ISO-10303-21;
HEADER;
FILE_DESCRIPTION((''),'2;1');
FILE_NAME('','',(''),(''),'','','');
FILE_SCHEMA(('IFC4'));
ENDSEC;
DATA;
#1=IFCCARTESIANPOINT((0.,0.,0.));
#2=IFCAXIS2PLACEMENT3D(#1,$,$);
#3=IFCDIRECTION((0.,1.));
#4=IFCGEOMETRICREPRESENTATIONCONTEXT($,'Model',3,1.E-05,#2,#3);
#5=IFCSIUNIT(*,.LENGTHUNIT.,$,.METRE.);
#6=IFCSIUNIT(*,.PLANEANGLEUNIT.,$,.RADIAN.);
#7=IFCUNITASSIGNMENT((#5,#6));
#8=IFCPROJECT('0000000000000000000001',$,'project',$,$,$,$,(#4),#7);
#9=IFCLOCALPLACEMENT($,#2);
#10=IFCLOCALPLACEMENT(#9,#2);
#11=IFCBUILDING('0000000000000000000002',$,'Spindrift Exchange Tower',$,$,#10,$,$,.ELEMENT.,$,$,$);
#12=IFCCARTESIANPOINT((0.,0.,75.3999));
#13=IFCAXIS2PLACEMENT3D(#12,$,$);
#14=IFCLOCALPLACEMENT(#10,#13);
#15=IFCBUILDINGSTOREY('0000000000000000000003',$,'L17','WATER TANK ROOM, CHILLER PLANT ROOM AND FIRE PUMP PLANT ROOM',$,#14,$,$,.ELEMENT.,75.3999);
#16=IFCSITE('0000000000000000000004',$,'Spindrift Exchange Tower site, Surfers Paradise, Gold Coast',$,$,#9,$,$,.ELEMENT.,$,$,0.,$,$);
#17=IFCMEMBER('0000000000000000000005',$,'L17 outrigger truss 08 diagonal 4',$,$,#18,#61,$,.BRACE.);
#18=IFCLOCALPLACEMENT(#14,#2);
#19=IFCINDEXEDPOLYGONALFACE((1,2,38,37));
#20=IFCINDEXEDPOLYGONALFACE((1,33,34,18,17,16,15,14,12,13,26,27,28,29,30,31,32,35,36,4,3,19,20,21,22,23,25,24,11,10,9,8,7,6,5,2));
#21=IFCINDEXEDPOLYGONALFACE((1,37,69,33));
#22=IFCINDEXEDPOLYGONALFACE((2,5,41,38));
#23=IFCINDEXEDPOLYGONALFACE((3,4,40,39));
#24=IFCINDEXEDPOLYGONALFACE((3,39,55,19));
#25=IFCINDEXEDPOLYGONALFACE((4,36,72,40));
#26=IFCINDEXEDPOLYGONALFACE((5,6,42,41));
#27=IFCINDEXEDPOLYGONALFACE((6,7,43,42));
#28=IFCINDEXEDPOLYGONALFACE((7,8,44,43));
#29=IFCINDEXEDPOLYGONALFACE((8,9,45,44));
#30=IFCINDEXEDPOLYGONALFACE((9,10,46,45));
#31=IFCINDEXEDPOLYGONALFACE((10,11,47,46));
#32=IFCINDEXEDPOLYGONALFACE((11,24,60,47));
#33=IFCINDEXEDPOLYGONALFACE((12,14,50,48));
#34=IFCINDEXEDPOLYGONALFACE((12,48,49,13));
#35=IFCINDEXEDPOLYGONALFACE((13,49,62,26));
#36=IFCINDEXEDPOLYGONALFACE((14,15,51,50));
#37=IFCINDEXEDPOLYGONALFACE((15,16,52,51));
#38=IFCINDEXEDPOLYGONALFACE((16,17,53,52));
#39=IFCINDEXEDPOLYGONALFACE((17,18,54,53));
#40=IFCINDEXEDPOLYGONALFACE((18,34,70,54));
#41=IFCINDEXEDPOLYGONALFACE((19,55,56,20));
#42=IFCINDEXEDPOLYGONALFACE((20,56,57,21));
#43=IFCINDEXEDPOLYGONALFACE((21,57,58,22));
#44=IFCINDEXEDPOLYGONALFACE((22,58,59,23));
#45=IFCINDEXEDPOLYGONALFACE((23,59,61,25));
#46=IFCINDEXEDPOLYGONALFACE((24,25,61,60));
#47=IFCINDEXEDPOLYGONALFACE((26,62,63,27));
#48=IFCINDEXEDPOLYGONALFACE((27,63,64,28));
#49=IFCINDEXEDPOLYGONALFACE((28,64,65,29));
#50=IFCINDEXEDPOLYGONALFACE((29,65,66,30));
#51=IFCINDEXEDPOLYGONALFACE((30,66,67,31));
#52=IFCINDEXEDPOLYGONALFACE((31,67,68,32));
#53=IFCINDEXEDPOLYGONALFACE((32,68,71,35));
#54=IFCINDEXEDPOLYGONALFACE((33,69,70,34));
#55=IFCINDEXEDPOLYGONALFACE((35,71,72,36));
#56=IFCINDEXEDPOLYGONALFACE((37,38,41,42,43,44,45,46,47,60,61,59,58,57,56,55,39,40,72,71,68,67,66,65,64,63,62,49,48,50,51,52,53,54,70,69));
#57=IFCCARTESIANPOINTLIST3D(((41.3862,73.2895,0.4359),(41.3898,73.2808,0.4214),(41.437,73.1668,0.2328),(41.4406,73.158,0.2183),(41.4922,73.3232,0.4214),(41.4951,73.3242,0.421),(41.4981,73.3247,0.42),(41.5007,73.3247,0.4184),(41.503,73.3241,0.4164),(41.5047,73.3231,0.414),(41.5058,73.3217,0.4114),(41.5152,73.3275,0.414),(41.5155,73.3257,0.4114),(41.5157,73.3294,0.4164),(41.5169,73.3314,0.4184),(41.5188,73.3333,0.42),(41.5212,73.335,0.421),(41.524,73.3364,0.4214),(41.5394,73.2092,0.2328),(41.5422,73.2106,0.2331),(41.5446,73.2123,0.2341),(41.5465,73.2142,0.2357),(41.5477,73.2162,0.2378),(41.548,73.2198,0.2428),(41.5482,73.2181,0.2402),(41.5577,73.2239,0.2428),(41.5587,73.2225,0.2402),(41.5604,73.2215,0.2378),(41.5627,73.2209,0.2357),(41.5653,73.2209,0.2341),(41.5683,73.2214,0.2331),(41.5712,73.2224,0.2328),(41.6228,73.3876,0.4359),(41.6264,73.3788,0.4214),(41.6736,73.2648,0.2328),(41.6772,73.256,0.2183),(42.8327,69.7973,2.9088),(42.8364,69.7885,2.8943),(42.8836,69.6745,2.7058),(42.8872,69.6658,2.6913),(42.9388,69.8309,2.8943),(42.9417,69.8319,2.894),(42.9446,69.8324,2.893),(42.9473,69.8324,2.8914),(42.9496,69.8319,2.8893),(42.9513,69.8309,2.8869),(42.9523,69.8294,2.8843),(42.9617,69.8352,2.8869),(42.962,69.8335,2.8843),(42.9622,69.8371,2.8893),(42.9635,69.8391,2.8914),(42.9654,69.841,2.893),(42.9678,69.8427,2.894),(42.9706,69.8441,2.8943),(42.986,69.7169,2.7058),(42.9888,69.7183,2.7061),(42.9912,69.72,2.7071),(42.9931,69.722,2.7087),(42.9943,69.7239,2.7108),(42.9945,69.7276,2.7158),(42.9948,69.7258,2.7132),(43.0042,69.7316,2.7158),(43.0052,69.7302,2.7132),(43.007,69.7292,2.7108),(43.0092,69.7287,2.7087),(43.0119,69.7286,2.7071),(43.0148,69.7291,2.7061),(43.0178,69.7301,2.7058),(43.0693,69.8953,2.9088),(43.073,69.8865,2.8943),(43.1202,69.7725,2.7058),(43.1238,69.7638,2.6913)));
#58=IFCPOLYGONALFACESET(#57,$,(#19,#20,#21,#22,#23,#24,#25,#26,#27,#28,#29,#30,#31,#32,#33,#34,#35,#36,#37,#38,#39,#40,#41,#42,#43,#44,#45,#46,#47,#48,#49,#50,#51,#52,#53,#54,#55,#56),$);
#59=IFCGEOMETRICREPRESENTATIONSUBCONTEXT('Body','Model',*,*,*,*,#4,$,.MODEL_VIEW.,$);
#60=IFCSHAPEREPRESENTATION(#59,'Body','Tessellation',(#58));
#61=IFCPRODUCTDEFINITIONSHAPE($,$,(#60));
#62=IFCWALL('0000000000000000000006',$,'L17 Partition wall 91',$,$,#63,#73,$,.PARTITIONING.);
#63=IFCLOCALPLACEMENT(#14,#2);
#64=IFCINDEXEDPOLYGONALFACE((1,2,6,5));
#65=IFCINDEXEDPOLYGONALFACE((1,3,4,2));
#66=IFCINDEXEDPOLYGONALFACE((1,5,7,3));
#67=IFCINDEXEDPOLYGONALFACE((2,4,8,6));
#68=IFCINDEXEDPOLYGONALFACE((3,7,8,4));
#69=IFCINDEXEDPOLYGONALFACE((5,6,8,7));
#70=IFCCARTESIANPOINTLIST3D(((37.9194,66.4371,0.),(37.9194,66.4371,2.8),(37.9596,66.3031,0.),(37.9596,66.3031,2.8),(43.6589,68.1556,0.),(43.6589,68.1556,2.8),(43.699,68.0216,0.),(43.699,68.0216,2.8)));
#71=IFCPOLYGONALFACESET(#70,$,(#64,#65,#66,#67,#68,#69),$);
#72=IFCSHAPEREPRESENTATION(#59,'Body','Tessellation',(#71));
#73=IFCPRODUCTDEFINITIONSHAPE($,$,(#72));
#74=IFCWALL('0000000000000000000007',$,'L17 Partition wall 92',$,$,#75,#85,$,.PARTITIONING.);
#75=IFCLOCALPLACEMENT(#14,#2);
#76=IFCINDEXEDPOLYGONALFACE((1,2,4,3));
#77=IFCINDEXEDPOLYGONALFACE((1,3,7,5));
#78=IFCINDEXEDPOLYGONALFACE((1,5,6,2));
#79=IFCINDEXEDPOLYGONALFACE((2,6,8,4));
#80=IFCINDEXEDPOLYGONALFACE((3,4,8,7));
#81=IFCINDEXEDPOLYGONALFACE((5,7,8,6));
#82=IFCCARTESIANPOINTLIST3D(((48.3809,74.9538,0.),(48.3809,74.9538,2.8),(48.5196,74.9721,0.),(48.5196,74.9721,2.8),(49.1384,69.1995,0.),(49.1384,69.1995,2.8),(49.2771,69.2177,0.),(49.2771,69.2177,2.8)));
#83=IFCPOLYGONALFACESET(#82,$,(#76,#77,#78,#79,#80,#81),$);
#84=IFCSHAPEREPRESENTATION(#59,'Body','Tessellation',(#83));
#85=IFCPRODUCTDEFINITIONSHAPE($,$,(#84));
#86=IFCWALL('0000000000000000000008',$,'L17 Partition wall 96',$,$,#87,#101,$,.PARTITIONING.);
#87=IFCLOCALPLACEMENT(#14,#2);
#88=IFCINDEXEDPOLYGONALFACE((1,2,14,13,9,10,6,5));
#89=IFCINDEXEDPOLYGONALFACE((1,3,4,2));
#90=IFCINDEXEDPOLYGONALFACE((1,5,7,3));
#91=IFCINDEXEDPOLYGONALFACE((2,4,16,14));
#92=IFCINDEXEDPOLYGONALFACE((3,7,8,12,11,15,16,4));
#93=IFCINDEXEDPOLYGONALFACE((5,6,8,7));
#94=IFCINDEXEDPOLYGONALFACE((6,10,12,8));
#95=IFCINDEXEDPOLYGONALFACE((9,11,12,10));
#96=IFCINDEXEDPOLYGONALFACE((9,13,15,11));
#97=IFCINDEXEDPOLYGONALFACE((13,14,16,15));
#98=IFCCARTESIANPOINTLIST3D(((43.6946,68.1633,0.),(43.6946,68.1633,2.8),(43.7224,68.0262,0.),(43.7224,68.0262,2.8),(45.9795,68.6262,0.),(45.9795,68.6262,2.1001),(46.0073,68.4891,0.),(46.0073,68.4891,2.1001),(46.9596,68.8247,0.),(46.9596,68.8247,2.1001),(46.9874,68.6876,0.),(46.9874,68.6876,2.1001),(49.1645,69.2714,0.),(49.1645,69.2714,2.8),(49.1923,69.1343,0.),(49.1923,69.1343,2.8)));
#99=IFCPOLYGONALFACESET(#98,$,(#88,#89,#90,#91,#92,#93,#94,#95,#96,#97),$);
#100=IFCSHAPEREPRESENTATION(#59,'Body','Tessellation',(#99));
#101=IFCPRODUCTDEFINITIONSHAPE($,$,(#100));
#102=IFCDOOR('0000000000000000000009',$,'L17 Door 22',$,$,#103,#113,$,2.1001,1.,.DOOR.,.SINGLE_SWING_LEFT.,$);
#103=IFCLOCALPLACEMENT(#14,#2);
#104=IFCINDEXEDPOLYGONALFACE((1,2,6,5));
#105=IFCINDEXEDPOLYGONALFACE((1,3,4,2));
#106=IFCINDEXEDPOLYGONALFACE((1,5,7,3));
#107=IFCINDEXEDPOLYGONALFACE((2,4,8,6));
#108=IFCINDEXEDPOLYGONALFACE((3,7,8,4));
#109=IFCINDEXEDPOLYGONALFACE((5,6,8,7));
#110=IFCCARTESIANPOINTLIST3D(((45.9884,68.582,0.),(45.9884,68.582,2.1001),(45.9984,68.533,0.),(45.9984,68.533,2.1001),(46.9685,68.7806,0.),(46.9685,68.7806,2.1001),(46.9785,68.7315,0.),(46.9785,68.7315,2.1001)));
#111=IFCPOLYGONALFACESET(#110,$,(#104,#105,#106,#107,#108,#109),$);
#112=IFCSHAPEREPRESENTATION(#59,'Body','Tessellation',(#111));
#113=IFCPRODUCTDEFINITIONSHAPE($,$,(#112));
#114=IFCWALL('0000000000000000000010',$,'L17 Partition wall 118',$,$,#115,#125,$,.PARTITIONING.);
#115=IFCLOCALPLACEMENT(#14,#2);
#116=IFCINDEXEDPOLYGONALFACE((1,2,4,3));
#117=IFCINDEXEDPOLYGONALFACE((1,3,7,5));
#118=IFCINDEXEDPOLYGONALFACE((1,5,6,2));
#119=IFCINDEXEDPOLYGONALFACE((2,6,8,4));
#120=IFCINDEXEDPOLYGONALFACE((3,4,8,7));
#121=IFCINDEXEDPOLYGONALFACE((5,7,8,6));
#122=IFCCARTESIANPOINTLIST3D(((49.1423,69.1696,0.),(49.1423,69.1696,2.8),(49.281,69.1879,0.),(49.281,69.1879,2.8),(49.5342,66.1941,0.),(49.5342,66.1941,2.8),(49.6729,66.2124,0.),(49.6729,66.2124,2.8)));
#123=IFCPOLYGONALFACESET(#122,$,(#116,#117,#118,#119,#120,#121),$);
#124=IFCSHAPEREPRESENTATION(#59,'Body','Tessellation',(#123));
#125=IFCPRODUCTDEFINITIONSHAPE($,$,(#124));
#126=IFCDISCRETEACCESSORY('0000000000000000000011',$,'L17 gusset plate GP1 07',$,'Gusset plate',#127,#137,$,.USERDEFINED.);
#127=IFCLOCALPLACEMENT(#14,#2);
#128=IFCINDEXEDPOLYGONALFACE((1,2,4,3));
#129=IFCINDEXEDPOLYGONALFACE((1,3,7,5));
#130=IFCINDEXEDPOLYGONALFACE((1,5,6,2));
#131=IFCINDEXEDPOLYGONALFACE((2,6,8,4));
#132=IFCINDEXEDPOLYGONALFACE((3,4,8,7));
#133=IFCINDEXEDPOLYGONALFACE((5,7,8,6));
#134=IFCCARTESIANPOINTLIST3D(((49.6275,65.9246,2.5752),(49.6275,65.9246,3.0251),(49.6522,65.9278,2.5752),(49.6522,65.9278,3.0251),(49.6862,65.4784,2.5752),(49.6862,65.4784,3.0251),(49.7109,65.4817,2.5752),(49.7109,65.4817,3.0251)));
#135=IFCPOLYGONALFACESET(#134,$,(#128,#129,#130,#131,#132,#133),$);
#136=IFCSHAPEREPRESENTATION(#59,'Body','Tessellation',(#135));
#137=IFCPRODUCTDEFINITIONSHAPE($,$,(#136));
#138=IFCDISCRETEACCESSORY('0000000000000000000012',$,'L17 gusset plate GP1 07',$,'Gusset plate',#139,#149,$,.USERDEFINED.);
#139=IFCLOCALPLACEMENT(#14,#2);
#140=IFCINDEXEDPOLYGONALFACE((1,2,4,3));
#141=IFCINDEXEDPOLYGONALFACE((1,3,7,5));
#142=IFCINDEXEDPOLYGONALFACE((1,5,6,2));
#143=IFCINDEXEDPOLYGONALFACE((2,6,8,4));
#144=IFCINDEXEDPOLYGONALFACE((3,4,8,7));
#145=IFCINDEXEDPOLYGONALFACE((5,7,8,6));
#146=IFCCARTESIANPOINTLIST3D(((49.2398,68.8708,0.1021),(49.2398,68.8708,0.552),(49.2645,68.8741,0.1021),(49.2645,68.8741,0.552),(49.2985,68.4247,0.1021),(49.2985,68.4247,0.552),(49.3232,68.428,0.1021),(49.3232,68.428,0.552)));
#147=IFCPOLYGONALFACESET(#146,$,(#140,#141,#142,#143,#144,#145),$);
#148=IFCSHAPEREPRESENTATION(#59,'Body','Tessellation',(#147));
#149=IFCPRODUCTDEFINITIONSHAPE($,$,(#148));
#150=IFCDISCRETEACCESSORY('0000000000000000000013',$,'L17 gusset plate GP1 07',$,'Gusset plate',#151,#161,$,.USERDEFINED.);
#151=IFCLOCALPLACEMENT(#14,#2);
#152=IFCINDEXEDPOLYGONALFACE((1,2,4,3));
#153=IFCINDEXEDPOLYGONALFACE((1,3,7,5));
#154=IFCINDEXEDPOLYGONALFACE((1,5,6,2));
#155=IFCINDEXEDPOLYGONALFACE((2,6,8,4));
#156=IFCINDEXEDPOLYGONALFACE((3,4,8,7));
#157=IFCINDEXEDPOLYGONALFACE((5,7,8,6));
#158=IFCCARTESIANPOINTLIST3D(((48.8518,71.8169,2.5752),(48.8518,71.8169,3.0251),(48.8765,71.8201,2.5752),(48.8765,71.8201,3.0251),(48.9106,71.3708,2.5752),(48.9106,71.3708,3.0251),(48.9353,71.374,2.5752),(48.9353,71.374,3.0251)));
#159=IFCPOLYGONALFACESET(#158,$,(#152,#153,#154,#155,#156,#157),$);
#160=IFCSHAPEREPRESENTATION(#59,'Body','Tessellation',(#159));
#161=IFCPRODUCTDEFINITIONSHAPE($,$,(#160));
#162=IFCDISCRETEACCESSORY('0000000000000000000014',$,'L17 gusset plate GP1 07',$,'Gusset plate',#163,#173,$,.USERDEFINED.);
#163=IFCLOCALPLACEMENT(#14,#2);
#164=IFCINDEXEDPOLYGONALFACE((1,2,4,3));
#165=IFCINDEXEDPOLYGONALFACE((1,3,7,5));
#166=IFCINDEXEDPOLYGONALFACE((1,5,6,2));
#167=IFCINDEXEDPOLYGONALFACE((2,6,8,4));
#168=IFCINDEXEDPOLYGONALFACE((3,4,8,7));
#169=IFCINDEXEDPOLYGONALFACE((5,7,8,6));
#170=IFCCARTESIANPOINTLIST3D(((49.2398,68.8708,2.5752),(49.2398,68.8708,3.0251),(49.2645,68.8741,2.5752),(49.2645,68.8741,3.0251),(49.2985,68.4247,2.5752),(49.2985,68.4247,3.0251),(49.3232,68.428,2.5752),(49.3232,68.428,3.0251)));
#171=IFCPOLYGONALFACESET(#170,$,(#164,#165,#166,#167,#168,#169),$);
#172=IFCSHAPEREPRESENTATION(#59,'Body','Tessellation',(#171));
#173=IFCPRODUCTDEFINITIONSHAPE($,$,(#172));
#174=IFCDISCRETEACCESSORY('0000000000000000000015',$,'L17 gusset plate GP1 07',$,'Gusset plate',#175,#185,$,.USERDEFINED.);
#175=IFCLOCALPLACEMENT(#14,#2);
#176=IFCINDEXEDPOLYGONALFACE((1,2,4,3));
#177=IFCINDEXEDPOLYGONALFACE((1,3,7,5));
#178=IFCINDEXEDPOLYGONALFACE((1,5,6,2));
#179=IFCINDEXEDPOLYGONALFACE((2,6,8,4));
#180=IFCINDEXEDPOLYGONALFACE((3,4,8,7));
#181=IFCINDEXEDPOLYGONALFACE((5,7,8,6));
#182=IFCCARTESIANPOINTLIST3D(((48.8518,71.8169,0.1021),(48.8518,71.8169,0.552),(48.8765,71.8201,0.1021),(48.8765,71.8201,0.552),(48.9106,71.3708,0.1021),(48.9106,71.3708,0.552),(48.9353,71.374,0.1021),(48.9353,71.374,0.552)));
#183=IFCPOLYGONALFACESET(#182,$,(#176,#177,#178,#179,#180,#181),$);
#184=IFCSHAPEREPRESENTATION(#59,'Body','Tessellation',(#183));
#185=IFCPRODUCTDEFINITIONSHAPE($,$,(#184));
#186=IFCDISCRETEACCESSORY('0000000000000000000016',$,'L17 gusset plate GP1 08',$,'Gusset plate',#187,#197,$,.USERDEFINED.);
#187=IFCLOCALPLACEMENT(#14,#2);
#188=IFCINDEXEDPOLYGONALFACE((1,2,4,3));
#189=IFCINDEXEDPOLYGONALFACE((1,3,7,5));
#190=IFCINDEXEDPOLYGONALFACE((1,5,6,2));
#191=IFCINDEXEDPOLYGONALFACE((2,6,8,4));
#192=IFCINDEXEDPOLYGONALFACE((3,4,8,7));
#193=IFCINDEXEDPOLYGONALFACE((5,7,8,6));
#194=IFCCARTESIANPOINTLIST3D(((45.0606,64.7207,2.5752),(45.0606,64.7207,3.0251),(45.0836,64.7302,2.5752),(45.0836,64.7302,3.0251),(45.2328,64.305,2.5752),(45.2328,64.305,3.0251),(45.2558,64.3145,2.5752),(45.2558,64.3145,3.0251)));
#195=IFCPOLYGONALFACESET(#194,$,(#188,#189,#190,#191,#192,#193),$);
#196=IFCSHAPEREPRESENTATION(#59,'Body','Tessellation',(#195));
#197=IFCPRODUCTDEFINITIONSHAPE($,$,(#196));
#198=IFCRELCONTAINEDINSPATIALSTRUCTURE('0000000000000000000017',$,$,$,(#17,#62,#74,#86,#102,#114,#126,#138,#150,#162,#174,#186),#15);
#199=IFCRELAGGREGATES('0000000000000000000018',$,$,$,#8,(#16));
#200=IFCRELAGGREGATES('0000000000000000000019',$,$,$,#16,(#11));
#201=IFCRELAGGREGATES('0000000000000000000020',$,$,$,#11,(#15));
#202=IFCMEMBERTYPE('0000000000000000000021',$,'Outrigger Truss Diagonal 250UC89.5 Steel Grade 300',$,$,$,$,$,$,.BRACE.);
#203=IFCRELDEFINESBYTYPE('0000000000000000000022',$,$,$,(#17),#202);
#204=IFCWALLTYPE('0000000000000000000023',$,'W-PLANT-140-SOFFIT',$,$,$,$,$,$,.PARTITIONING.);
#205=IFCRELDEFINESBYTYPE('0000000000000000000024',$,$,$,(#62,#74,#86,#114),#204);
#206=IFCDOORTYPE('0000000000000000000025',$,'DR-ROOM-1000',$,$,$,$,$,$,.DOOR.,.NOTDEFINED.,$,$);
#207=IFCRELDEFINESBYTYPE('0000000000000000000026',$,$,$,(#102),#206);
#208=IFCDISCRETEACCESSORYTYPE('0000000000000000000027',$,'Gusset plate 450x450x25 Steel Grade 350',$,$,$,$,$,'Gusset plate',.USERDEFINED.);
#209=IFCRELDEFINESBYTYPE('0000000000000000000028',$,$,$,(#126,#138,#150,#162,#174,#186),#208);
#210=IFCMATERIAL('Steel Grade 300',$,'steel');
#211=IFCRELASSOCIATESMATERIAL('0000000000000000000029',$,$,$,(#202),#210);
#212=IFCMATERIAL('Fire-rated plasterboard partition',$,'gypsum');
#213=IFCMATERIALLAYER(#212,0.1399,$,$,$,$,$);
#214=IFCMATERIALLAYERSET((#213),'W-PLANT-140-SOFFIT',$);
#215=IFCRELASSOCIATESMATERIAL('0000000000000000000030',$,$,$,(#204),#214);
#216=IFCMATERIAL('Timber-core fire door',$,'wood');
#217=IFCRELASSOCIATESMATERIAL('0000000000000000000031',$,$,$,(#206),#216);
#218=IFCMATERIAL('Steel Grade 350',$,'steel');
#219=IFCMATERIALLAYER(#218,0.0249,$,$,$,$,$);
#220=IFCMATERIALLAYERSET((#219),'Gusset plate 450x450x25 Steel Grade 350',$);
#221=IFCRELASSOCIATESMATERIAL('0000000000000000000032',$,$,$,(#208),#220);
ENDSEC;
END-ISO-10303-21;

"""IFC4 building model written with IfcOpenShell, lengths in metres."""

from ifc_helpers import new_model, si_unit, direction, frame, frame_2d, origin, origin_2d, place, context, subcontext, project, spatial, rectangle, i_section, extrude, source, transform, mapped, material, layer, layer_set, material_profile, profile_set, type_object, element, fill, save


model = new_model("IFC4")

# Units and contexts
model_context = context("Model", 3, precision=1e-05, world=origin(), true_north=direction((0.0, 1.0)))
body_context = subcontext(model_context, "Body", "Model", "MODEL_VIEW")
ifc_project = project(units=[si_unit("LENGTHUNIT", "METRE"), si_unit("PLANEANGLEUNIT", "RADIAN")], contexts=[model_context])

# Site, building, storey
site_placement = place(None, origin())
site = spatial("IfcSite", under=ifc_project, at=site_placement, Name="Spindrift Exchange Tower site, Surfers Paradise, Gold Coast", CompositionType="ELEMENT", RefElevation=0.0)
building_placement = place(site_placement, origin())
building = spatial("IfcBuilding", under=site, at=building_placement, Name="Spindrift Exchange Tower", CompositionType="ELEMENT")
storey_placement = place(building_placement, frame((0.0, 0.0, 75.3999)))
storey = spatial("IfcBuildingStorey", under=building, at=storey_placement, Name="L17", Description="WATER TANK ROOM, CHILLER PLANT ROOM AND FIRE PUMP PLANT ROOM", CompositionType="ELEMENT", Elevation=75.3999)

# Shared definitions
ifc_material_1 = material(Name="Steel Grade 300", Category="steel")

# Shared definitions
ifc_material_profile_1 = material_profile(ifc_material_1, i_section(OverallWidth=0.2561, OverallDepth=0.26, WebThickness=0.0105, FlangeThickness=0.0173, FilletRadius=0.012, at=origin_2d()), Name="250UC89.5")
ifc_profile_set_1 = profile_set([ifc_material_profile_1], Name="Steel Grade 300")
member_type_1 = type_object("IfcMemberType", Name="Outrigger Truss Diagonal 250UC89.5 Steel Grade 300", PredefinedType="BRACE", material=ifc_profile_set_1)

# Member
shared_shape_1 = source(origin(), body_context, "Body", "SweptSolid", [
    extrude(i_section(OverallWidth=0.2561, OverallDepth=0.26, WebThickness=0.0105, FlangeThickness=0.0173, FilletRadius=0.012, at=origin_2d()), origin(), (0.0, 0.0, 1.0), 4.5171),
])
member_1_placement = place(storey_placement, frame((42.9783, 69.7805, 2.8), z_axis=(-0.320244, 0.773125, -0.547468), x_axis=(-0.923877, -0.382688, 0.0)))
element("IfcMember", 1, at=member_1_placement, inside=storey, type_object=member_type_1, Name="L17 outrigger truss 08 diagonal 4", PredefinedType="BRACE", context=body_context, shape_type="MappedRepresentation", body=[
    mapped(shared_shape_1, transform((0.0, 0.0, 0.0), scale=1.0)),
])

# Walls
ifc_material_2 = material(Name="Fire-rated plasterboard partition", Category="gypsum")
ifc_layer_1 = layer(ifc_material_2, 0.1399)
ifc_layer_set_1 = layer_set([ifc_layer_1], Name="W-PLANT-140-SOFFIT")
wall_type = type_object("IfcWallType", Name="W-PLANT-140-SOFFIT", PredefinedType="PARTITIONING", material=ifc_layer_set_1)
wall_1_placement = place(storey_placement, frame((43.679, 68.0886, 0.0), z_axis=(0.0, 0.0, 1.0), x_axis=(-0.95798, -0.286836, 0.0)))
element("IfcWall", 2, at=wall_1_placement, inside=storey, type_object=wall_type, Name="L17 Partition wall 91", PredefinedType="PARTITIONING", context=body_context, shape_type="SweptSolid", body=[
    extrude(rectangle(XDim=5.9912, YDim=0.1399, at=frame_2d((2.9956, 0.0))), origin(), (0.0, 0.0, 1.0), 2.8),
])
wall_2_placement = place(storey_placement, frame((49.2078, 69.2087, 0.0), z_axis=(0.0, 0.0, 1.0), x_axis=(-0.130524, 0.991445, 0.0)))
element("IfcWall", 3, at=wall_2_placement, inside=storey, type_object=wall_type, Name="L17 Partition wall 92", PredefinedType="PARTITIONING", context=body_context, shape_type="SweptSolid", body=[
    extrude(rectangle(XDim=5.804, YDim=0.1399, at=frame_2d((2.9019, 0.0))), origin(), (0.0, 0.0, 1.0), 2.8),
])

# Wall, opening, door
wall_3_placement = place(storey_placement, frame((43.7085, 68.0947, 0.0), z_axis=(0.0, 0.0, 1.0), x_axis=(0.98009, 0.198555, 0.0)))
wall_3 = element("IfcWall", 4, at=wall_3_placement, inside=storey, type_object=wall_type, Name="L17 Partition wall 96", PredefinedType="PARTITIONING", context=body_context, shape_type="SweptSolid", body=[
    extrude(rectangle(XDim=5.5811, YDim=0.1399, at=frame_2d((2.7905, 0.0))), origin(), (0.0, 0.0, 1.0), 2.8),
])
opening_placement = place(wall_3_placement, frame((2.3313, 0.0, 0.0)))
opening = element("IfcOpeningElement", 5, at=opening_placement, cuts=wall_3, PredefinedType="OPENING", context=body_context, shape_type="SweptSolid", body=[
    extrude(rectangle(XDim=1.0, YDim=2.1001, at=frame_2d((0.5, 1.05))), frame((0.0, 0.0798, 0.0), z_axis=(0.0, -1.0, 0.0), x_axis=(1.0, 0.0, 0.0)), (0.0, 0.0, 1.0), 0.1599),
])
ifc_material_3 = material(Name="Timber-core fire door", Category="wood")
door_type = type_object("IfcDoorType", Name="DR-ROOM-1000", OperationType="NOTDEFINED", PredefinedType="DOOR", material=ifc_material_3)
shared_shape_2 = source(origin(), body_context, "Body", "SweptSolid", [
    extrude(rectangle(XDim=1.0, YDim=2.1001, at=frame_2d((0.5, 1.05))), frame((0.0, 0.0249, 0.0), z_axis=(0.0, -1.0, 0.0), x_axis=(1.0, 0.0, 0.0)), (0.0, 0.0, 1.0), 0.05),
])
door_placement = place(opening_placement, origin())
door = element("IfcDoor", 6, at=door_placement, inside=storey, type_object=door_type, Name="L17 Door 22", OperationType="SINGLE_SWING_LEFT", OverallHeight=2.1001, OverallWidth=1.0, PredefinedType="DOOR", context=body_context, shape_type="MappedRepresentation", body=[
    mapped(shared_shape_2, transform((0.0, 0.0, 0.0), scale=1.0)),
])
fill(opening, door)

# Wall
wall_4_placement = place(storey_placement, frame((49.6035, 66.2034, 0.0), z_axis=(0.0, 0.0, 1.0), x_axis=(-0.13056, 0.99144, 0.0)))
element("IfcWall", 7, at=wall_4_placement, inside=storey, type_object=wall_type, Name="L17 Partition wall 118", PredefinedType="PARTITIONING", context=body_context, shape_type="SweptSolid", body=[
    extrude(rectangle(XDim=3.0012, YDim=0.1399, at=frame_2d((1.5005, 0.0))), origin(), (0.0, 0.0, 1.0), 2.8),
])

# Discrete accessories
ifc_material_4 = material(Name="Steel Grade 350", Category="steel")
ifc_layer_2 = layer(ifc_material_4, 0.0249)
ifc_layer_set_2 = layer_set([ifc_layer_2], Name="Gusset plate 450x450x25 Steel Grade 350")
discrete_accessory_type = type_object("IfcDiscreteAccessoryType", Name="Gusset plate 450x450x25 Steel Grade 350", ElementType="Gusset plate", PredefinedType="USERDEFINED", material=ifc_layer_set_2)
shared_shape_3 = source(origin(), body_context, "Body", "SweptSolid", [
    extrude(rectangle(XDim=0.45, YDim=0.0249, at=origin_2d()), origin(), (0.0, 0.0, 1.0), 0.45),
])
for number, where, z_axis, x_axis, name in (
    (8, (49.6692, 65.7031, 2.5752), (0.0, 0.0, 1.0), (-0.130505, 0.991448, 0.0), "L17 gusset plate GP1 07"),
    (9, (49.2815, 68.6494, 0.1021), (0.0, 0.0, 1.0), (-0.130505, 0.991448, 0.0), "L17 gusset plate GP1 07"),
    (10, (48.8936, 71.5955, 2.5752), (0.0, 0.0, 1.0), (-0.130538, 0.991443, 0.0), "L17 gusset plate GP1 07"),
    (11, (49.2815, 68.6494, 2.5752), (0.0, 0.0, 1.0), (-0.130526, 0.991445, 0.0), "L17 gusset plate GP1 07"),
    (12, (48.8936, 71.5955, 0.1021), (0.0, 0.0, 1.0), (-0.130526, 0.991445, 0.0), "L17 gusset plate GP1 07"),
    (13, (45.1582, 64.5176, 2.5752), (0.0, 0.0, 1.0), (-0.382682, 0.92388, 0.0), "L17 gusset plate GP1 08"),
):
    element("IfcDiscreteAccessory", number, at=place(storey_placement, frame(where, z_axis=z_axis, x_axis=x_axis)), inside=storey, type_object=discrete_accessory_type, Name=name, ObjectType="Gusset plate", PredefinedType="USERDEFINED", context=body_context, shape_type="MappedRepresentation", body=[
        mapped(shared_shape_3, transform((0.0, 0.0, 0.0), scale=1.0)),
    ])

save(model, "model.ifc")
